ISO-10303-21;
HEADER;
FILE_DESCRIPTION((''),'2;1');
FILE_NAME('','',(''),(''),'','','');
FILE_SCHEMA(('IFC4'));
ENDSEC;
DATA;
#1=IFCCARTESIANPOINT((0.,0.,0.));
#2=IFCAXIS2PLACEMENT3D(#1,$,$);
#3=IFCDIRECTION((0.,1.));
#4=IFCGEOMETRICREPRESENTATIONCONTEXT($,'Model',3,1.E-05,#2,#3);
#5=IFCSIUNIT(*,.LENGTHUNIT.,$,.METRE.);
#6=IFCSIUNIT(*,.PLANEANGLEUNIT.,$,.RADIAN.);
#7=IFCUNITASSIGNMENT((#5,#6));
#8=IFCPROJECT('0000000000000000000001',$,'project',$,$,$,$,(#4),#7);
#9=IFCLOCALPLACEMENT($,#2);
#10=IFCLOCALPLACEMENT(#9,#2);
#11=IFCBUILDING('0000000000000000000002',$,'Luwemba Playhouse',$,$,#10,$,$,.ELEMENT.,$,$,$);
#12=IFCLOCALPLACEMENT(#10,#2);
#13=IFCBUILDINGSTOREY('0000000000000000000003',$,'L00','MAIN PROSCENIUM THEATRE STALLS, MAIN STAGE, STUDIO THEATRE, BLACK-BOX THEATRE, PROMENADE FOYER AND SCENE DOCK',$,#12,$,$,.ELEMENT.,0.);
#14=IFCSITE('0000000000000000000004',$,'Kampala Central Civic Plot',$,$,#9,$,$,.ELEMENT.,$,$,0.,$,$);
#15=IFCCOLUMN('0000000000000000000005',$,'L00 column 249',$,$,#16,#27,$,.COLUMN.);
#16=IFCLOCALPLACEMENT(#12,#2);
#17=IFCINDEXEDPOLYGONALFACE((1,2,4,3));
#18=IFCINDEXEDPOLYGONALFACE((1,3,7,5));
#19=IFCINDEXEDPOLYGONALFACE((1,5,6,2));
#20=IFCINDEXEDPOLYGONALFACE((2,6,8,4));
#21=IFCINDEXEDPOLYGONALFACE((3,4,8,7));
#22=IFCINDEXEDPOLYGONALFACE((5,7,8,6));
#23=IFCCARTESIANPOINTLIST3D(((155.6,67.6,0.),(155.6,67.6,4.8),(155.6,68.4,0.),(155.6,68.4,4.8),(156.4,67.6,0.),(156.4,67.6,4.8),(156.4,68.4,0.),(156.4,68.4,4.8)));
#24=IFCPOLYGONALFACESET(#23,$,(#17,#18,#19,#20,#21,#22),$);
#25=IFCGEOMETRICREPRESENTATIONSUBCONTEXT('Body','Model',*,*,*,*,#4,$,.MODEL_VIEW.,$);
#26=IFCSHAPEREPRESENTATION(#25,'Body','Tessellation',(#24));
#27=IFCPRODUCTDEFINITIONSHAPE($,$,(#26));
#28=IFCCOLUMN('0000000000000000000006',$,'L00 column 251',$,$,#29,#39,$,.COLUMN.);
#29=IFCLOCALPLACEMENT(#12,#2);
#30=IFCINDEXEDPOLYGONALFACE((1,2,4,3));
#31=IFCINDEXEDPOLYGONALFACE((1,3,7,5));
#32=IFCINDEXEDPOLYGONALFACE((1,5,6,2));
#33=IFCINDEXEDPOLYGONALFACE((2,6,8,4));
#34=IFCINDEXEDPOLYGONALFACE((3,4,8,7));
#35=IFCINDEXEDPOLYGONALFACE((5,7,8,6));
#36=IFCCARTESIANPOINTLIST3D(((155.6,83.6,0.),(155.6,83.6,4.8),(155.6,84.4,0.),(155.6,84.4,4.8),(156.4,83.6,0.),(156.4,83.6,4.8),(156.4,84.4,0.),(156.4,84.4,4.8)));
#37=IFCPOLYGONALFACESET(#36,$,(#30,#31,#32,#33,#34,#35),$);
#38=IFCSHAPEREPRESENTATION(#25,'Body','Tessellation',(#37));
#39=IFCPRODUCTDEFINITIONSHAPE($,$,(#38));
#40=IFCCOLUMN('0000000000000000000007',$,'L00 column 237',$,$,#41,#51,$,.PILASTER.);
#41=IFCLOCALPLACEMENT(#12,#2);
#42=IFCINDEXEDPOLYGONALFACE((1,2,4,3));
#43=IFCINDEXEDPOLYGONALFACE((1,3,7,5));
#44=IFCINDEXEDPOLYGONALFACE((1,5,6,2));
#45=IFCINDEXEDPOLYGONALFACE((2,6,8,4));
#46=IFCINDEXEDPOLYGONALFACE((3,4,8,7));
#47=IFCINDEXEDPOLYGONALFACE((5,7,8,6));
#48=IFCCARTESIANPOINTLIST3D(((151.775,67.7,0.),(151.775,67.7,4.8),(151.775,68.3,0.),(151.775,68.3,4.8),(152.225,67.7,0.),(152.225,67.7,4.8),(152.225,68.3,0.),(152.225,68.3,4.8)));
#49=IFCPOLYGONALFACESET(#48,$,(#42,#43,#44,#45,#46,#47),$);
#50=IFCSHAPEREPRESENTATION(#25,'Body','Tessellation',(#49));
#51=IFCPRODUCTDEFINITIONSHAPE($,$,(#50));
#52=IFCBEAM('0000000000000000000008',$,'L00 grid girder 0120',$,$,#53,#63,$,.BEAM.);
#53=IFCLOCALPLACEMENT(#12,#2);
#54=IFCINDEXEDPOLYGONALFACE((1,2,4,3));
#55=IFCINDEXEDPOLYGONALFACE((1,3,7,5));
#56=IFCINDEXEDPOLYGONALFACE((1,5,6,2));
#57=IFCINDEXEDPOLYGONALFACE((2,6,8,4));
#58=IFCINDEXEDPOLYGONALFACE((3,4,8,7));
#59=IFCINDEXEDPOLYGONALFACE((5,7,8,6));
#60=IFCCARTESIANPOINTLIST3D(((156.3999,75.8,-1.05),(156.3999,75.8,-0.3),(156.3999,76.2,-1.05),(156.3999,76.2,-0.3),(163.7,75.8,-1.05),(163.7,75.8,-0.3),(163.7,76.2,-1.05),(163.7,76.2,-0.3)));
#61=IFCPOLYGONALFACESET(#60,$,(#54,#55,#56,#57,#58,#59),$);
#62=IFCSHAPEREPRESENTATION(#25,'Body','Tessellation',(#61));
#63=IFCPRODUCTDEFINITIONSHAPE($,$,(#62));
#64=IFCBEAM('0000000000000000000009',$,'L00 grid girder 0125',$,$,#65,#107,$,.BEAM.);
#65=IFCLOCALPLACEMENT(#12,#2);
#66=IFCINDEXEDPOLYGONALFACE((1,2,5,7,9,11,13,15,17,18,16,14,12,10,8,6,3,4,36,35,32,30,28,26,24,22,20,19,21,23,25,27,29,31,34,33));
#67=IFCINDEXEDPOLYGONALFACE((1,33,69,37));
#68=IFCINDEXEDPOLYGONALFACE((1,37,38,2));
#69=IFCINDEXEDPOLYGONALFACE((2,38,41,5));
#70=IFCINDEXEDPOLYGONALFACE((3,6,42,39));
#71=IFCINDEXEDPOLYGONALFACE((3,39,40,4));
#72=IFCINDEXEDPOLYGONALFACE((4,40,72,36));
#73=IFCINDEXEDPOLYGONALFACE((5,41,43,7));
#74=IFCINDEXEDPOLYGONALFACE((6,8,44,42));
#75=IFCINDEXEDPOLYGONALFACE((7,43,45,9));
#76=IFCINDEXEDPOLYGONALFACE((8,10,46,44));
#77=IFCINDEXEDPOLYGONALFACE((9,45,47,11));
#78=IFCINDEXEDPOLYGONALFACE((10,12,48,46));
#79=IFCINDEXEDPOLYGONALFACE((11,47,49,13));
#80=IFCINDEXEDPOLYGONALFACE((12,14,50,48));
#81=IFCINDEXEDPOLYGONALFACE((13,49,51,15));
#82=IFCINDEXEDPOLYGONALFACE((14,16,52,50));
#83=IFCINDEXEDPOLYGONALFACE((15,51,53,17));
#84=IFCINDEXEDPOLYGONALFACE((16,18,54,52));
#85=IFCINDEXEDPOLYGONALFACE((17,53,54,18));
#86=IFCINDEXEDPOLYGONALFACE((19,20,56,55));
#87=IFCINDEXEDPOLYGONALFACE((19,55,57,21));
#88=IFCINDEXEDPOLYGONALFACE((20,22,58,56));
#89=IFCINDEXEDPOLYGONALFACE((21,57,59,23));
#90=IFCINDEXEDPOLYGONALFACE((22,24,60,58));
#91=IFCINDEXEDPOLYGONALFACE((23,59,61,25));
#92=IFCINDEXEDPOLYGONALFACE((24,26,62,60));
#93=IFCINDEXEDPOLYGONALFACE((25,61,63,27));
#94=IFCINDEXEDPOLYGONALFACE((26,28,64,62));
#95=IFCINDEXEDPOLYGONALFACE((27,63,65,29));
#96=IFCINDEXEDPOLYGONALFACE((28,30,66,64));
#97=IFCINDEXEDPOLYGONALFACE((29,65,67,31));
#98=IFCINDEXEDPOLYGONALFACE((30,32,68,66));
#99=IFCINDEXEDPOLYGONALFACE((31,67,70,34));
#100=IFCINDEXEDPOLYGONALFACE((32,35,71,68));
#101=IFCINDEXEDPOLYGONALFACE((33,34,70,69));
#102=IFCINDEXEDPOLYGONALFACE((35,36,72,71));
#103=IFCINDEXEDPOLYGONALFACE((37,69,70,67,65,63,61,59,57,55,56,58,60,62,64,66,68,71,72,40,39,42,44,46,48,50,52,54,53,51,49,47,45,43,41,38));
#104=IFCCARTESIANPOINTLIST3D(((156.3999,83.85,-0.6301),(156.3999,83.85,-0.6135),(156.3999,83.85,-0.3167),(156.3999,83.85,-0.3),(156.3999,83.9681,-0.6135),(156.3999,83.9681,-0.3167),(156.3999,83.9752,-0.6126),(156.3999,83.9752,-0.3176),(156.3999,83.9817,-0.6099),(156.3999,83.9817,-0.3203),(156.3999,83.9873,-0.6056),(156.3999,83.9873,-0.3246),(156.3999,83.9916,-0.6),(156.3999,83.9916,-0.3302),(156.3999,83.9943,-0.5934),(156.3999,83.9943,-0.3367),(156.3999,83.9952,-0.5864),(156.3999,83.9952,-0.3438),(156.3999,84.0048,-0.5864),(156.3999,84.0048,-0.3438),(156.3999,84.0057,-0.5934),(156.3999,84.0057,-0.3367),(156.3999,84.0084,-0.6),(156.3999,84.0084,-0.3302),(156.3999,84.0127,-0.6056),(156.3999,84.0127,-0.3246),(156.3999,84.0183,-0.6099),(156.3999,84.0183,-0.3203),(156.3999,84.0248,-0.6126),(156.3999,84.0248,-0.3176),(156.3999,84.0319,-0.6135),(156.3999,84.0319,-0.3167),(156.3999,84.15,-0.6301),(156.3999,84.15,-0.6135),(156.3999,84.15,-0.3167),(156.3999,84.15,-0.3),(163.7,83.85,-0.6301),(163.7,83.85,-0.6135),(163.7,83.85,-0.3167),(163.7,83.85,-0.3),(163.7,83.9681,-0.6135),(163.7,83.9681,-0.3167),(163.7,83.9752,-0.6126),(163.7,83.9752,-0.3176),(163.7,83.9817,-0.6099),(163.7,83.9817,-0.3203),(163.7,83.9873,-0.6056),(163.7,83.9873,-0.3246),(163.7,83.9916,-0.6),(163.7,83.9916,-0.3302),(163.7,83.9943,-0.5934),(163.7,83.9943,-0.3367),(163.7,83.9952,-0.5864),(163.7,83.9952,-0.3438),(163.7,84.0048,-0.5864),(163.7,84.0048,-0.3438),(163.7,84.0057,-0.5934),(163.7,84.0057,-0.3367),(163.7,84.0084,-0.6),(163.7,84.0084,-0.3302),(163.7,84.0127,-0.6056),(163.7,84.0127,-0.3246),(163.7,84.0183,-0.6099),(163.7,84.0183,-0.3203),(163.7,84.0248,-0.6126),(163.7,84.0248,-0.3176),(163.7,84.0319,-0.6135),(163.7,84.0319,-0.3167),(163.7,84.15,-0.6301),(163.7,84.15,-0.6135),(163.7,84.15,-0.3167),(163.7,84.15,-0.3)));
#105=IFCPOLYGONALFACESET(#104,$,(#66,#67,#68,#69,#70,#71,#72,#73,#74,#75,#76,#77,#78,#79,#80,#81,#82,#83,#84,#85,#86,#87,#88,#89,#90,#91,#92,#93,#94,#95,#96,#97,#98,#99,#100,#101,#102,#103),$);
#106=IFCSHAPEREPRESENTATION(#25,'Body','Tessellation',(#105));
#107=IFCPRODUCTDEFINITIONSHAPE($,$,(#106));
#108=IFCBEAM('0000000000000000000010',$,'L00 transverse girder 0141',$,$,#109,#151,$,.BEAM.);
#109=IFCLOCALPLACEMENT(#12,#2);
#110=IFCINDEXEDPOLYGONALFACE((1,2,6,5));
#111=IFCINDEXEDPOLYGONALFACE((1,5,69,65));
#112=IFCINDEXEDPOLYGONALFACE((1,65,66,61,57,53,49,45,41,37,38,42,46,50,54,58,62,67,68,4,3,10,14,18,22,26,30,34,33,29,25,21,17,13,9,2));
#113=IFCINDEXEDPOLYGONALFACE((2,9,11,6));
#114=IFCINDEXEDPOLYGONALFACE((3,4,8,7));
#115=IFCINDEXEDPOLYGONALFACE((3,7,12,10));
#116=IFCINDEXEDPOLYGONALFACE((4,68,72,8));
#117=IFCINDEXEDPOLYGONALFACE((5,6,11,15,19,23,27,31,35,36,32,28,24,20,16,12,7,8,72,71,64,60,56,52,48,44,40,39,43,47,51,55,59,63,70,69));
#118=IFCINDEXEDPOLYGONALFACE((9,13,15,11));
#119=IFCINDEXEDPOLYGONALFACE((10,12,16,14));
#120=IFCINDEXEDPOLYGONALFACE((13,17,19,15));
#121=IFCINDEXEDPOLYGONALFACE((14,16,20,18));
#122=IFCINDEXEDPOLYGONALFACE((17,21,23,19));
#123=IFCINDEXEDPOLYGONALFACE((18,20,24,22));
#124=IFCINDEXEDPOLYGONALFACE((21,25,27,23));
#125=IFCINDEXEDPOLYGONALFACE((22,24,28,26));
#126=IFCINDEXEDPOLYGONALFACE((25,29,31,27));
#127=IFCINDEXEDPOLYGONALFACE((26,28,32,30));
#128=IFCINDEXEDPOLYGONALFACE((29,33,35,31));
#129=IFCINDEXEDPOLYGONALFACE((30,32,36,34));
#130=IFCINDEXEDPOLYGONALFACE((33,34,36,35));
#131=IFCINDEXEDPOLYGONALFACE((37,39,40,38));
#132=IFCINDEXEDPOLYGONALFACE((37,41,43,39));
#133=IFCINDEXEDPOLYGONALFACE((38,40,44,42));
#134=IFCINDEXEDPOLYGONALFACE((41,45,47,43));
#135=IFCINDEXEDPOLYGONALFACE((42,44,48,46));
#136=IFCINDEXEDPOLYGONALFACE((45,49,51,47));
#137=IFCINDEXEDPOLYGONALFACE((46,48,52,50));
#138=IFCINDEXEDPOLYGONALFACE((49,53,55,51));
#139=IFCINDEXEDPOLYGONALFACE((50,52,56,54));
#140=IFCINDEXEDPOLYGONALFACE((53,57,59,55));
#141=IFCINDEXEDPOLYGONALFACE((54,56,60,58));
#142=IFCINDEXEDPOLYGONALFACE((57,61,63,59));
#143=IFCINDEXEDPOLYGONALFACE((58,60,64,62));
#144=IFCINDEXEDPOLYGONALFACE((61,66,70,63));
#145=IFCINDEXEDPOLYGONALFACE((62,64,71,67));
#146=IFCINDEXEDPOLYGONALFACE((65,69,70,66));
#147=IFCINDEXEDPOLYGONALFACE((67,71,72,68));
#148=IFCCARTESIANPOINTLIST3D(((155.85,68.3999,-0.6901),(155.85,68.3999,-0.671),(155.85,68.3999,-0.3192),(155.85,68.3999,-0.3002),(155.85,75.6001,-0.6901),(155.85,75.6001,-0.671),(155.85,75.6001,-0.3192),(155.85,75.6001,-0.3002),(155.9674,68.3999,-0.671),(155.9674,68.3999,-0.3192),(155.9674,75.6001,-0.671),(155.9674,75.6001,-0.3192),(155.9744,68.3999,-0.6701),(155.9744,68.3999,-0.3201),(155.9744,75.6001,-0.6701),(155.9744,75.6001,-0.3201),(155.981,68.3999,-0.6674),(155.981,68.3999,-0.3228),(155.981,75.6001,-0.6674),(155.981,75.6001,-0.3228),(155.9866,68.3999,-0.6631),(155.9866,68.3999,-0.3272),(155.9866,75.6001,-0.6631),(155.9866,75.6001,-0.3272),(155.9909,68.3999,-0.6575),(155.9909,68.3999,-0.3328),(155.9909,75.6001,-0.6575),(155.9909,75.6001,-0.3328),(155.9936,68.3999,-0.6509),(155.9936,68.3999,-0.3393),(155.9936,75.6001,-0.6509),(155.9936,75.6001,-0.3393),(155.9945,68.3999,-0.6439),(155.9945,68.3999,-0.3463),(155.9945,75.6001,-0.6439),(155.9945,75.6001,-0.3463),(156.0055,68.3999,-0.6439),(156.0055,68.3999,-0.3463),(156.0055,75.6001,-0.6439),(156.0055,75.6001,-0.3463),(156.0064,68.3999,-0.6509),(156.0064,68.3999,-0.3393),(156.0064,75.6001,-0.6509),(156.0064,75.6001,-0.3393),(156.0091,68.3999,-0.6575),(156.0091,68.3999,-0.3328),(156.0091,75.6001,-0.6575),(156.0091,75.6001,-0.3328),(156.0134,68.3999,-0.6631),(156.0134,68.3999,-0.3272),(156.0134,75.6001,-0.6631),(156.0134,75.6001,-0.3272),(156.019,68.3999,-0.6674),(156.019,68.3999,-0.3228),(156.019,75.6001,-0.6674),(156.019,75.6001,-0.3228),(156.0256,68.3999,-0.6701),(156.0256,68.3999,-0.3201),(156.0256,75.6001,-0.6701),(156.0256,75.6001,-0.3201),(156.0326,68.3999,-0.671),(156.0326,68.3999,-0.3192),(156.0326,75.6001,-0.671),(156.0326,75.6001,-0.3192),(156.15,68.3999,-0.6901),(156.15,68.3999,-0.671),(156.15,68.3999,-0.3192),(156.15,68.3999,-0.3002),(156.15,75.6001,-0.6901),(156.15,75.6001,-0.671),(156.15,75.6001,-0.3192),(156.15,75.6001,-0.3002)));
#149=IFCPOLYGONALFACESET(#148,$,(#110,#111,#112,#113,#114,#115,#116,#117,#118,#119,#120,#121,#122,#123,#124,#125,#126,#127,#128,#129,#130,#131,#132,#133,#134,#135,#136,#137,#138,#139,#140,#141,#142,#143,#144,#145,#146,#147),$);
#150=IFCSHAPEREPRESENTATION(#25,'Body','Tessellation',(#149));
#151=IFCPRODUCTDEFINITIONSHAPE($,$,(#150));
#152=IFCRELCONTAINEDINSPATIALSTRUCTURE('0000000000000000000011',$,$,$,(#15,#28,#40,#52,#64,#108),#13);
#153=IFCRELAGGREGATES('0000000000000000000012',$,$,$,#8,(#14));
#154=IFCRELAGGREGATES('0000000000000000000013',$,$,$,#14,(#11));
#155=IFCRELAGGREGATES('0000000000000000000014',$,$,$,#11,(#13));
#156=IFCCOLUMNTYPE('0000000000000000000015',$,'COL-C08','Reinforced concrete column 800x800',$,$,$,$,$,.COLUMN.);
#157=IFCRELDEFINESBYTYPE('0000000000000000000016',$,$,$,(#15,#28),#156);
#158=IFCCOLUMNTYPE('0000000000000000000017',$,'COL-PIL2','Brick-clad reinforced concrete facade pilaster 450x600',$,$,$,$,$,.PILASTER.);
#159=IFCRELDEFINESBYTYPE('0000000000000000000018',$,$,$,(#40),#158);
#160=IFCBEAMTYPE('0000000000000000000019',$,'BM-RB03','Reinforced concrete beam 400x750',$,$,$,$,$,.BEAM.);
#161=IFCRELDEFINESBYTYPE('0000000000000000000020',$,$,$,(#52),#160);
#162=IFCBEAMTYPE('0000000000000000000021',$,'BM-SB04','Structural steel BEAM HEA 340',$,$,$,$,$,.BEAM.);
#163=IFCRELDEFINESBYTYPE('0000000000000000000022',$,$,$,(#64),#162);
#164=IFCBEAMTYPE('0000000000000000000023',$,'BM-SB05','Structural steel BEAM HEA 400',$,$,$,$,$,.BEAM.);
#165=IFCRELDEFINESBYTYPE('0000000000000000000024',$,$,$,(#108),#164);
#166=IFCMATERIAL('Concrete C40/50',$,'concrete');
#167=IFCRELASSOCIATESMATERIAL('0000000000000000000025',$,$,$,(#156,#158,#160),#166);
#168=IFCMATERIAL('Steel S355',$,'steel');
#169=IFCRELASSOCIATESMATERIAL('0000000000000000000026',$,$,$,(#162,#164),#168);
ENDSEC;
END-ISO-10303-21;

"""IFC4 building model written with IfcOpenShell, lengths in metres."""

from ifc_helpers import new_model, si_unit, direction, frame, origin, origin_2d, place, context, subcontext, project, spatial, rectangle, i_section, extrude, material, material_profile, profile_set, type_object, element, save


model = new_model("IFC4")

# Units and contexts
model_context = context("Model", 3, precision=1e-05, world=origin(), true_north=direction((0.0, 1.0)))
body_context = subcontext(model_context, "Body", "Model", "MODEL_VIEW")
ifc_project = project(units=[si_unit("LENGTHUNIT", "METRE"), si_unit("PLANEANGLEUNIT", "RADIAN")], contexts=[model_context])

# Site, building, storey
site_placement = place(None, origin())
site = spatial("IfcSite", under=ifc_project, at=site_placement, Name="Kampala Central Civic Plot", CompositionType="ELEMENT", RefElevation=0.0)
building_placement = place(site_placement, origin())
building = spatial("IfcBuilding", under=site, at=building_placement, Name="Luwemba Playhouse", CompositionType="ELEMENT")
storey_placement = place(building_placement, origin())
storey = spatial("IfcBuildingStorey", under=building, at=storey_placement, Name="L00", Description="MAIN PROSCENIUM THEATRE STALLS, MAIN STAGE, STUDIO THEATRE, BLACK-BOX THEATRE, PROMENADE FOYER AND SCENE DOCK", CompositionType="ELEMENT", Elevation=0.0)

# Columns
ifc_material_1 = material(Name="Concrete C40/50", Category="concrete")
ifc_material_profile_1 = material_profile(ifc_material_1, rectangle(XDim=0.8, YDim=0.8, at=origin_2d()))
ifc_profile_set_1 = profile_set([ifc_material_profile_1], Name="Concrete C40/50")
column_type_1 = type_object("IfcColumnType", Name="COL-C08", Description="Reinforced concrete column 800x800", PredefinedType="COLUMN", material=ifc_profile_set_1)
for number, where, z_axis, x_axis, name in (
    (1, (156.0, 68.0, 0.0), (0.0, 0.0, 1.0), (1.0, 0.0, 0.0), "L00 column 249"),
    (2, (156.0, 84.0, 0.0), (0.0, 0.0, 1.0), (1.0, 0.0, 0.0), "L00 column 251"),
):
    element("IfcColumn", number, at=place(storey_placement, frame(where, z_axis=z_axis, x_axis=x_axis)), inside=storey, type_object=column_type_1, Name=name, PredefinedType="COLUMN", context=body_context, shape_type="SweptSolid", body=[
        extrude(rectangle(XDim=0.8, YDim=0.8, at=origin_2d()), origin(), (0.0, 0.0, 1.0), 4.8),
    ])
ifc_material_profile_2 = material_profile(ifc_material_1, rectangle(XDim=0.45, YDim=0.6001, at=origin_2d()))
ifc_profile_set_2 = profile_set([ifc_material_profile_2], Name="Concrete C40/50")
column_type_2 = type_object("IfcColumnType", Name="COL-PIL2", Description="Brick-clad reinforced concrete facade pilaster 450x600", PredefinedType="PILASTER", material=ifc_profile_set_2)
column_placement = place(storey_placement, frame((152.0, 68.0, 0.0), z_axis=(0.0, 0.0, 1.0), x_axis=(1.0, 0.0, 0.0)))
element("IfcColumn", 3, at=column_placement, inside=storey, type_object=column_type_2, Name="L00 column 237", PredefinedType="PILASTER", context=body_context, shape_type="SweptSolid", body=[
    extrude(rectangle(XDim=0.45, YDim=0.6001, at=origin_2d()), origin(), (0.0, 0.0, 1.0), 4.8),
])

# Beams
ifc_material_profile_3 = material_profile(ifc_material_1, rectangle(XDim=0.3999, YDim=0.75, at=origin_2d()))
ifc_profile_set_3 = profile_set([ifc_material_profile_3], Name="Concrete C40/50")
beam_type_1 = type_object("IfcBeamType", Name="BM-RB03", Description="Reinforced concrete beam 400x750", PredefinedType="BEAM", material=ifc_profile_set_3)
beam_1_placement = place(storey_placement, frame((156.3999, 76.0, -0.675), z_axis=(1.0, 0.0, 0.0), x_axis=(0.0, 1.0, 0.0)))
element("IfcBeam", 4, at=beam_1_placement, inside=storey, type_object=beam_type_1, Name="L00 grid girder 0120", PredefinedType="BEAM", context=body_context, shape_type="SweptSolid", body=[
    extrude(rectangle(XDim=0.3999, YDim=0.75, at=origin_2d()), origin(), (0.0, 0.0, 1.0), 7.3),
])
ifc_material_2 = material(Name="Steel S355", Category="steel")
ifc_material_profile_4 = material_profile(ifc_material_2, i_section(OverallWidth=0.3, OverallDepth=0.3301, WebThickness=0.0095, FlangeThickness=0.0166, FilletRadius=0.0271, at=origin_2d()))
ifc_profile_set_4 = profile_set([ifc_material_profile_4], Name="Steel S355")
beam_type_2 = type_object("IfcBeamType", Name="BM-SB04", Description="Structural steel BEAM HEA 340", PredefinedType="BEAM", material=ifc_profile_set_4)
beam_2_placement = place(storey_placement, frame((156.3999, 84.0, -0.4651), z_axis=(1.0, 0.0, 0.0), x_axis=(0.0, 1.0, 0.0)))
element("IfcBeam", 5, at=beam_2_placement, inside=storey, type_object=beam_type_2, Name="L00 grid girder 0125", PredefinedType="BEAM", context=body_context, shape_type="SweptSolid", body=[
    extrude(i_section(OverallWidth=0.3, OverallDepth=0.3301, WebThickness=0.0095, FlangeThickness=0.0166, FilletRadius=0.0271, at=origin_2d()), origin(), (0.0, 0.0, 1.0), 7.3),
])
ifc_material_profile_5 = material_profile(ifc_material_2, i_section(OverallWidth=0.3, OverallDepth=0.3899, WebThickness=0.011, FlangeThickness=0.019, FilletRadius=0.0271, at=origin_2d()))
ifc_profile_set_5 = profile_set([ifc_material_profile_5], Name="Steel S355")
beam_type_3 = type_object("IfcBeamType", Name="BM-SB05", Description="Structural steel BEAM HEA 400", PredefinedType="BEAM", material=ifc_profile_set_5)
beam_3_placement = place(storey_placement, frame((156.0, 68.3999, -0.4951), z_axis=(0.0, 1.0, 0.0), x_axis=(-1.0, 0.0, 0.0)))
element("IfcBeam", 6, at=beam_3_placement, inside=storey, type_object=beam_type_3, Name="L00 transverse girder 0141", PredefinedType="BEAM", context=body_context, shape_type="SweptSolid", body=[
    extrude(i_section(OverallWidth=0.3, OverallDepth=0.3899, WebThickness=0.011, FlangeThickness=0.019, FilletRadius=0.0271, at=origin_2d()), origin(), (0.0, 0.0, 1.0), 7.2002),
])

save(model, "model.ifc")
